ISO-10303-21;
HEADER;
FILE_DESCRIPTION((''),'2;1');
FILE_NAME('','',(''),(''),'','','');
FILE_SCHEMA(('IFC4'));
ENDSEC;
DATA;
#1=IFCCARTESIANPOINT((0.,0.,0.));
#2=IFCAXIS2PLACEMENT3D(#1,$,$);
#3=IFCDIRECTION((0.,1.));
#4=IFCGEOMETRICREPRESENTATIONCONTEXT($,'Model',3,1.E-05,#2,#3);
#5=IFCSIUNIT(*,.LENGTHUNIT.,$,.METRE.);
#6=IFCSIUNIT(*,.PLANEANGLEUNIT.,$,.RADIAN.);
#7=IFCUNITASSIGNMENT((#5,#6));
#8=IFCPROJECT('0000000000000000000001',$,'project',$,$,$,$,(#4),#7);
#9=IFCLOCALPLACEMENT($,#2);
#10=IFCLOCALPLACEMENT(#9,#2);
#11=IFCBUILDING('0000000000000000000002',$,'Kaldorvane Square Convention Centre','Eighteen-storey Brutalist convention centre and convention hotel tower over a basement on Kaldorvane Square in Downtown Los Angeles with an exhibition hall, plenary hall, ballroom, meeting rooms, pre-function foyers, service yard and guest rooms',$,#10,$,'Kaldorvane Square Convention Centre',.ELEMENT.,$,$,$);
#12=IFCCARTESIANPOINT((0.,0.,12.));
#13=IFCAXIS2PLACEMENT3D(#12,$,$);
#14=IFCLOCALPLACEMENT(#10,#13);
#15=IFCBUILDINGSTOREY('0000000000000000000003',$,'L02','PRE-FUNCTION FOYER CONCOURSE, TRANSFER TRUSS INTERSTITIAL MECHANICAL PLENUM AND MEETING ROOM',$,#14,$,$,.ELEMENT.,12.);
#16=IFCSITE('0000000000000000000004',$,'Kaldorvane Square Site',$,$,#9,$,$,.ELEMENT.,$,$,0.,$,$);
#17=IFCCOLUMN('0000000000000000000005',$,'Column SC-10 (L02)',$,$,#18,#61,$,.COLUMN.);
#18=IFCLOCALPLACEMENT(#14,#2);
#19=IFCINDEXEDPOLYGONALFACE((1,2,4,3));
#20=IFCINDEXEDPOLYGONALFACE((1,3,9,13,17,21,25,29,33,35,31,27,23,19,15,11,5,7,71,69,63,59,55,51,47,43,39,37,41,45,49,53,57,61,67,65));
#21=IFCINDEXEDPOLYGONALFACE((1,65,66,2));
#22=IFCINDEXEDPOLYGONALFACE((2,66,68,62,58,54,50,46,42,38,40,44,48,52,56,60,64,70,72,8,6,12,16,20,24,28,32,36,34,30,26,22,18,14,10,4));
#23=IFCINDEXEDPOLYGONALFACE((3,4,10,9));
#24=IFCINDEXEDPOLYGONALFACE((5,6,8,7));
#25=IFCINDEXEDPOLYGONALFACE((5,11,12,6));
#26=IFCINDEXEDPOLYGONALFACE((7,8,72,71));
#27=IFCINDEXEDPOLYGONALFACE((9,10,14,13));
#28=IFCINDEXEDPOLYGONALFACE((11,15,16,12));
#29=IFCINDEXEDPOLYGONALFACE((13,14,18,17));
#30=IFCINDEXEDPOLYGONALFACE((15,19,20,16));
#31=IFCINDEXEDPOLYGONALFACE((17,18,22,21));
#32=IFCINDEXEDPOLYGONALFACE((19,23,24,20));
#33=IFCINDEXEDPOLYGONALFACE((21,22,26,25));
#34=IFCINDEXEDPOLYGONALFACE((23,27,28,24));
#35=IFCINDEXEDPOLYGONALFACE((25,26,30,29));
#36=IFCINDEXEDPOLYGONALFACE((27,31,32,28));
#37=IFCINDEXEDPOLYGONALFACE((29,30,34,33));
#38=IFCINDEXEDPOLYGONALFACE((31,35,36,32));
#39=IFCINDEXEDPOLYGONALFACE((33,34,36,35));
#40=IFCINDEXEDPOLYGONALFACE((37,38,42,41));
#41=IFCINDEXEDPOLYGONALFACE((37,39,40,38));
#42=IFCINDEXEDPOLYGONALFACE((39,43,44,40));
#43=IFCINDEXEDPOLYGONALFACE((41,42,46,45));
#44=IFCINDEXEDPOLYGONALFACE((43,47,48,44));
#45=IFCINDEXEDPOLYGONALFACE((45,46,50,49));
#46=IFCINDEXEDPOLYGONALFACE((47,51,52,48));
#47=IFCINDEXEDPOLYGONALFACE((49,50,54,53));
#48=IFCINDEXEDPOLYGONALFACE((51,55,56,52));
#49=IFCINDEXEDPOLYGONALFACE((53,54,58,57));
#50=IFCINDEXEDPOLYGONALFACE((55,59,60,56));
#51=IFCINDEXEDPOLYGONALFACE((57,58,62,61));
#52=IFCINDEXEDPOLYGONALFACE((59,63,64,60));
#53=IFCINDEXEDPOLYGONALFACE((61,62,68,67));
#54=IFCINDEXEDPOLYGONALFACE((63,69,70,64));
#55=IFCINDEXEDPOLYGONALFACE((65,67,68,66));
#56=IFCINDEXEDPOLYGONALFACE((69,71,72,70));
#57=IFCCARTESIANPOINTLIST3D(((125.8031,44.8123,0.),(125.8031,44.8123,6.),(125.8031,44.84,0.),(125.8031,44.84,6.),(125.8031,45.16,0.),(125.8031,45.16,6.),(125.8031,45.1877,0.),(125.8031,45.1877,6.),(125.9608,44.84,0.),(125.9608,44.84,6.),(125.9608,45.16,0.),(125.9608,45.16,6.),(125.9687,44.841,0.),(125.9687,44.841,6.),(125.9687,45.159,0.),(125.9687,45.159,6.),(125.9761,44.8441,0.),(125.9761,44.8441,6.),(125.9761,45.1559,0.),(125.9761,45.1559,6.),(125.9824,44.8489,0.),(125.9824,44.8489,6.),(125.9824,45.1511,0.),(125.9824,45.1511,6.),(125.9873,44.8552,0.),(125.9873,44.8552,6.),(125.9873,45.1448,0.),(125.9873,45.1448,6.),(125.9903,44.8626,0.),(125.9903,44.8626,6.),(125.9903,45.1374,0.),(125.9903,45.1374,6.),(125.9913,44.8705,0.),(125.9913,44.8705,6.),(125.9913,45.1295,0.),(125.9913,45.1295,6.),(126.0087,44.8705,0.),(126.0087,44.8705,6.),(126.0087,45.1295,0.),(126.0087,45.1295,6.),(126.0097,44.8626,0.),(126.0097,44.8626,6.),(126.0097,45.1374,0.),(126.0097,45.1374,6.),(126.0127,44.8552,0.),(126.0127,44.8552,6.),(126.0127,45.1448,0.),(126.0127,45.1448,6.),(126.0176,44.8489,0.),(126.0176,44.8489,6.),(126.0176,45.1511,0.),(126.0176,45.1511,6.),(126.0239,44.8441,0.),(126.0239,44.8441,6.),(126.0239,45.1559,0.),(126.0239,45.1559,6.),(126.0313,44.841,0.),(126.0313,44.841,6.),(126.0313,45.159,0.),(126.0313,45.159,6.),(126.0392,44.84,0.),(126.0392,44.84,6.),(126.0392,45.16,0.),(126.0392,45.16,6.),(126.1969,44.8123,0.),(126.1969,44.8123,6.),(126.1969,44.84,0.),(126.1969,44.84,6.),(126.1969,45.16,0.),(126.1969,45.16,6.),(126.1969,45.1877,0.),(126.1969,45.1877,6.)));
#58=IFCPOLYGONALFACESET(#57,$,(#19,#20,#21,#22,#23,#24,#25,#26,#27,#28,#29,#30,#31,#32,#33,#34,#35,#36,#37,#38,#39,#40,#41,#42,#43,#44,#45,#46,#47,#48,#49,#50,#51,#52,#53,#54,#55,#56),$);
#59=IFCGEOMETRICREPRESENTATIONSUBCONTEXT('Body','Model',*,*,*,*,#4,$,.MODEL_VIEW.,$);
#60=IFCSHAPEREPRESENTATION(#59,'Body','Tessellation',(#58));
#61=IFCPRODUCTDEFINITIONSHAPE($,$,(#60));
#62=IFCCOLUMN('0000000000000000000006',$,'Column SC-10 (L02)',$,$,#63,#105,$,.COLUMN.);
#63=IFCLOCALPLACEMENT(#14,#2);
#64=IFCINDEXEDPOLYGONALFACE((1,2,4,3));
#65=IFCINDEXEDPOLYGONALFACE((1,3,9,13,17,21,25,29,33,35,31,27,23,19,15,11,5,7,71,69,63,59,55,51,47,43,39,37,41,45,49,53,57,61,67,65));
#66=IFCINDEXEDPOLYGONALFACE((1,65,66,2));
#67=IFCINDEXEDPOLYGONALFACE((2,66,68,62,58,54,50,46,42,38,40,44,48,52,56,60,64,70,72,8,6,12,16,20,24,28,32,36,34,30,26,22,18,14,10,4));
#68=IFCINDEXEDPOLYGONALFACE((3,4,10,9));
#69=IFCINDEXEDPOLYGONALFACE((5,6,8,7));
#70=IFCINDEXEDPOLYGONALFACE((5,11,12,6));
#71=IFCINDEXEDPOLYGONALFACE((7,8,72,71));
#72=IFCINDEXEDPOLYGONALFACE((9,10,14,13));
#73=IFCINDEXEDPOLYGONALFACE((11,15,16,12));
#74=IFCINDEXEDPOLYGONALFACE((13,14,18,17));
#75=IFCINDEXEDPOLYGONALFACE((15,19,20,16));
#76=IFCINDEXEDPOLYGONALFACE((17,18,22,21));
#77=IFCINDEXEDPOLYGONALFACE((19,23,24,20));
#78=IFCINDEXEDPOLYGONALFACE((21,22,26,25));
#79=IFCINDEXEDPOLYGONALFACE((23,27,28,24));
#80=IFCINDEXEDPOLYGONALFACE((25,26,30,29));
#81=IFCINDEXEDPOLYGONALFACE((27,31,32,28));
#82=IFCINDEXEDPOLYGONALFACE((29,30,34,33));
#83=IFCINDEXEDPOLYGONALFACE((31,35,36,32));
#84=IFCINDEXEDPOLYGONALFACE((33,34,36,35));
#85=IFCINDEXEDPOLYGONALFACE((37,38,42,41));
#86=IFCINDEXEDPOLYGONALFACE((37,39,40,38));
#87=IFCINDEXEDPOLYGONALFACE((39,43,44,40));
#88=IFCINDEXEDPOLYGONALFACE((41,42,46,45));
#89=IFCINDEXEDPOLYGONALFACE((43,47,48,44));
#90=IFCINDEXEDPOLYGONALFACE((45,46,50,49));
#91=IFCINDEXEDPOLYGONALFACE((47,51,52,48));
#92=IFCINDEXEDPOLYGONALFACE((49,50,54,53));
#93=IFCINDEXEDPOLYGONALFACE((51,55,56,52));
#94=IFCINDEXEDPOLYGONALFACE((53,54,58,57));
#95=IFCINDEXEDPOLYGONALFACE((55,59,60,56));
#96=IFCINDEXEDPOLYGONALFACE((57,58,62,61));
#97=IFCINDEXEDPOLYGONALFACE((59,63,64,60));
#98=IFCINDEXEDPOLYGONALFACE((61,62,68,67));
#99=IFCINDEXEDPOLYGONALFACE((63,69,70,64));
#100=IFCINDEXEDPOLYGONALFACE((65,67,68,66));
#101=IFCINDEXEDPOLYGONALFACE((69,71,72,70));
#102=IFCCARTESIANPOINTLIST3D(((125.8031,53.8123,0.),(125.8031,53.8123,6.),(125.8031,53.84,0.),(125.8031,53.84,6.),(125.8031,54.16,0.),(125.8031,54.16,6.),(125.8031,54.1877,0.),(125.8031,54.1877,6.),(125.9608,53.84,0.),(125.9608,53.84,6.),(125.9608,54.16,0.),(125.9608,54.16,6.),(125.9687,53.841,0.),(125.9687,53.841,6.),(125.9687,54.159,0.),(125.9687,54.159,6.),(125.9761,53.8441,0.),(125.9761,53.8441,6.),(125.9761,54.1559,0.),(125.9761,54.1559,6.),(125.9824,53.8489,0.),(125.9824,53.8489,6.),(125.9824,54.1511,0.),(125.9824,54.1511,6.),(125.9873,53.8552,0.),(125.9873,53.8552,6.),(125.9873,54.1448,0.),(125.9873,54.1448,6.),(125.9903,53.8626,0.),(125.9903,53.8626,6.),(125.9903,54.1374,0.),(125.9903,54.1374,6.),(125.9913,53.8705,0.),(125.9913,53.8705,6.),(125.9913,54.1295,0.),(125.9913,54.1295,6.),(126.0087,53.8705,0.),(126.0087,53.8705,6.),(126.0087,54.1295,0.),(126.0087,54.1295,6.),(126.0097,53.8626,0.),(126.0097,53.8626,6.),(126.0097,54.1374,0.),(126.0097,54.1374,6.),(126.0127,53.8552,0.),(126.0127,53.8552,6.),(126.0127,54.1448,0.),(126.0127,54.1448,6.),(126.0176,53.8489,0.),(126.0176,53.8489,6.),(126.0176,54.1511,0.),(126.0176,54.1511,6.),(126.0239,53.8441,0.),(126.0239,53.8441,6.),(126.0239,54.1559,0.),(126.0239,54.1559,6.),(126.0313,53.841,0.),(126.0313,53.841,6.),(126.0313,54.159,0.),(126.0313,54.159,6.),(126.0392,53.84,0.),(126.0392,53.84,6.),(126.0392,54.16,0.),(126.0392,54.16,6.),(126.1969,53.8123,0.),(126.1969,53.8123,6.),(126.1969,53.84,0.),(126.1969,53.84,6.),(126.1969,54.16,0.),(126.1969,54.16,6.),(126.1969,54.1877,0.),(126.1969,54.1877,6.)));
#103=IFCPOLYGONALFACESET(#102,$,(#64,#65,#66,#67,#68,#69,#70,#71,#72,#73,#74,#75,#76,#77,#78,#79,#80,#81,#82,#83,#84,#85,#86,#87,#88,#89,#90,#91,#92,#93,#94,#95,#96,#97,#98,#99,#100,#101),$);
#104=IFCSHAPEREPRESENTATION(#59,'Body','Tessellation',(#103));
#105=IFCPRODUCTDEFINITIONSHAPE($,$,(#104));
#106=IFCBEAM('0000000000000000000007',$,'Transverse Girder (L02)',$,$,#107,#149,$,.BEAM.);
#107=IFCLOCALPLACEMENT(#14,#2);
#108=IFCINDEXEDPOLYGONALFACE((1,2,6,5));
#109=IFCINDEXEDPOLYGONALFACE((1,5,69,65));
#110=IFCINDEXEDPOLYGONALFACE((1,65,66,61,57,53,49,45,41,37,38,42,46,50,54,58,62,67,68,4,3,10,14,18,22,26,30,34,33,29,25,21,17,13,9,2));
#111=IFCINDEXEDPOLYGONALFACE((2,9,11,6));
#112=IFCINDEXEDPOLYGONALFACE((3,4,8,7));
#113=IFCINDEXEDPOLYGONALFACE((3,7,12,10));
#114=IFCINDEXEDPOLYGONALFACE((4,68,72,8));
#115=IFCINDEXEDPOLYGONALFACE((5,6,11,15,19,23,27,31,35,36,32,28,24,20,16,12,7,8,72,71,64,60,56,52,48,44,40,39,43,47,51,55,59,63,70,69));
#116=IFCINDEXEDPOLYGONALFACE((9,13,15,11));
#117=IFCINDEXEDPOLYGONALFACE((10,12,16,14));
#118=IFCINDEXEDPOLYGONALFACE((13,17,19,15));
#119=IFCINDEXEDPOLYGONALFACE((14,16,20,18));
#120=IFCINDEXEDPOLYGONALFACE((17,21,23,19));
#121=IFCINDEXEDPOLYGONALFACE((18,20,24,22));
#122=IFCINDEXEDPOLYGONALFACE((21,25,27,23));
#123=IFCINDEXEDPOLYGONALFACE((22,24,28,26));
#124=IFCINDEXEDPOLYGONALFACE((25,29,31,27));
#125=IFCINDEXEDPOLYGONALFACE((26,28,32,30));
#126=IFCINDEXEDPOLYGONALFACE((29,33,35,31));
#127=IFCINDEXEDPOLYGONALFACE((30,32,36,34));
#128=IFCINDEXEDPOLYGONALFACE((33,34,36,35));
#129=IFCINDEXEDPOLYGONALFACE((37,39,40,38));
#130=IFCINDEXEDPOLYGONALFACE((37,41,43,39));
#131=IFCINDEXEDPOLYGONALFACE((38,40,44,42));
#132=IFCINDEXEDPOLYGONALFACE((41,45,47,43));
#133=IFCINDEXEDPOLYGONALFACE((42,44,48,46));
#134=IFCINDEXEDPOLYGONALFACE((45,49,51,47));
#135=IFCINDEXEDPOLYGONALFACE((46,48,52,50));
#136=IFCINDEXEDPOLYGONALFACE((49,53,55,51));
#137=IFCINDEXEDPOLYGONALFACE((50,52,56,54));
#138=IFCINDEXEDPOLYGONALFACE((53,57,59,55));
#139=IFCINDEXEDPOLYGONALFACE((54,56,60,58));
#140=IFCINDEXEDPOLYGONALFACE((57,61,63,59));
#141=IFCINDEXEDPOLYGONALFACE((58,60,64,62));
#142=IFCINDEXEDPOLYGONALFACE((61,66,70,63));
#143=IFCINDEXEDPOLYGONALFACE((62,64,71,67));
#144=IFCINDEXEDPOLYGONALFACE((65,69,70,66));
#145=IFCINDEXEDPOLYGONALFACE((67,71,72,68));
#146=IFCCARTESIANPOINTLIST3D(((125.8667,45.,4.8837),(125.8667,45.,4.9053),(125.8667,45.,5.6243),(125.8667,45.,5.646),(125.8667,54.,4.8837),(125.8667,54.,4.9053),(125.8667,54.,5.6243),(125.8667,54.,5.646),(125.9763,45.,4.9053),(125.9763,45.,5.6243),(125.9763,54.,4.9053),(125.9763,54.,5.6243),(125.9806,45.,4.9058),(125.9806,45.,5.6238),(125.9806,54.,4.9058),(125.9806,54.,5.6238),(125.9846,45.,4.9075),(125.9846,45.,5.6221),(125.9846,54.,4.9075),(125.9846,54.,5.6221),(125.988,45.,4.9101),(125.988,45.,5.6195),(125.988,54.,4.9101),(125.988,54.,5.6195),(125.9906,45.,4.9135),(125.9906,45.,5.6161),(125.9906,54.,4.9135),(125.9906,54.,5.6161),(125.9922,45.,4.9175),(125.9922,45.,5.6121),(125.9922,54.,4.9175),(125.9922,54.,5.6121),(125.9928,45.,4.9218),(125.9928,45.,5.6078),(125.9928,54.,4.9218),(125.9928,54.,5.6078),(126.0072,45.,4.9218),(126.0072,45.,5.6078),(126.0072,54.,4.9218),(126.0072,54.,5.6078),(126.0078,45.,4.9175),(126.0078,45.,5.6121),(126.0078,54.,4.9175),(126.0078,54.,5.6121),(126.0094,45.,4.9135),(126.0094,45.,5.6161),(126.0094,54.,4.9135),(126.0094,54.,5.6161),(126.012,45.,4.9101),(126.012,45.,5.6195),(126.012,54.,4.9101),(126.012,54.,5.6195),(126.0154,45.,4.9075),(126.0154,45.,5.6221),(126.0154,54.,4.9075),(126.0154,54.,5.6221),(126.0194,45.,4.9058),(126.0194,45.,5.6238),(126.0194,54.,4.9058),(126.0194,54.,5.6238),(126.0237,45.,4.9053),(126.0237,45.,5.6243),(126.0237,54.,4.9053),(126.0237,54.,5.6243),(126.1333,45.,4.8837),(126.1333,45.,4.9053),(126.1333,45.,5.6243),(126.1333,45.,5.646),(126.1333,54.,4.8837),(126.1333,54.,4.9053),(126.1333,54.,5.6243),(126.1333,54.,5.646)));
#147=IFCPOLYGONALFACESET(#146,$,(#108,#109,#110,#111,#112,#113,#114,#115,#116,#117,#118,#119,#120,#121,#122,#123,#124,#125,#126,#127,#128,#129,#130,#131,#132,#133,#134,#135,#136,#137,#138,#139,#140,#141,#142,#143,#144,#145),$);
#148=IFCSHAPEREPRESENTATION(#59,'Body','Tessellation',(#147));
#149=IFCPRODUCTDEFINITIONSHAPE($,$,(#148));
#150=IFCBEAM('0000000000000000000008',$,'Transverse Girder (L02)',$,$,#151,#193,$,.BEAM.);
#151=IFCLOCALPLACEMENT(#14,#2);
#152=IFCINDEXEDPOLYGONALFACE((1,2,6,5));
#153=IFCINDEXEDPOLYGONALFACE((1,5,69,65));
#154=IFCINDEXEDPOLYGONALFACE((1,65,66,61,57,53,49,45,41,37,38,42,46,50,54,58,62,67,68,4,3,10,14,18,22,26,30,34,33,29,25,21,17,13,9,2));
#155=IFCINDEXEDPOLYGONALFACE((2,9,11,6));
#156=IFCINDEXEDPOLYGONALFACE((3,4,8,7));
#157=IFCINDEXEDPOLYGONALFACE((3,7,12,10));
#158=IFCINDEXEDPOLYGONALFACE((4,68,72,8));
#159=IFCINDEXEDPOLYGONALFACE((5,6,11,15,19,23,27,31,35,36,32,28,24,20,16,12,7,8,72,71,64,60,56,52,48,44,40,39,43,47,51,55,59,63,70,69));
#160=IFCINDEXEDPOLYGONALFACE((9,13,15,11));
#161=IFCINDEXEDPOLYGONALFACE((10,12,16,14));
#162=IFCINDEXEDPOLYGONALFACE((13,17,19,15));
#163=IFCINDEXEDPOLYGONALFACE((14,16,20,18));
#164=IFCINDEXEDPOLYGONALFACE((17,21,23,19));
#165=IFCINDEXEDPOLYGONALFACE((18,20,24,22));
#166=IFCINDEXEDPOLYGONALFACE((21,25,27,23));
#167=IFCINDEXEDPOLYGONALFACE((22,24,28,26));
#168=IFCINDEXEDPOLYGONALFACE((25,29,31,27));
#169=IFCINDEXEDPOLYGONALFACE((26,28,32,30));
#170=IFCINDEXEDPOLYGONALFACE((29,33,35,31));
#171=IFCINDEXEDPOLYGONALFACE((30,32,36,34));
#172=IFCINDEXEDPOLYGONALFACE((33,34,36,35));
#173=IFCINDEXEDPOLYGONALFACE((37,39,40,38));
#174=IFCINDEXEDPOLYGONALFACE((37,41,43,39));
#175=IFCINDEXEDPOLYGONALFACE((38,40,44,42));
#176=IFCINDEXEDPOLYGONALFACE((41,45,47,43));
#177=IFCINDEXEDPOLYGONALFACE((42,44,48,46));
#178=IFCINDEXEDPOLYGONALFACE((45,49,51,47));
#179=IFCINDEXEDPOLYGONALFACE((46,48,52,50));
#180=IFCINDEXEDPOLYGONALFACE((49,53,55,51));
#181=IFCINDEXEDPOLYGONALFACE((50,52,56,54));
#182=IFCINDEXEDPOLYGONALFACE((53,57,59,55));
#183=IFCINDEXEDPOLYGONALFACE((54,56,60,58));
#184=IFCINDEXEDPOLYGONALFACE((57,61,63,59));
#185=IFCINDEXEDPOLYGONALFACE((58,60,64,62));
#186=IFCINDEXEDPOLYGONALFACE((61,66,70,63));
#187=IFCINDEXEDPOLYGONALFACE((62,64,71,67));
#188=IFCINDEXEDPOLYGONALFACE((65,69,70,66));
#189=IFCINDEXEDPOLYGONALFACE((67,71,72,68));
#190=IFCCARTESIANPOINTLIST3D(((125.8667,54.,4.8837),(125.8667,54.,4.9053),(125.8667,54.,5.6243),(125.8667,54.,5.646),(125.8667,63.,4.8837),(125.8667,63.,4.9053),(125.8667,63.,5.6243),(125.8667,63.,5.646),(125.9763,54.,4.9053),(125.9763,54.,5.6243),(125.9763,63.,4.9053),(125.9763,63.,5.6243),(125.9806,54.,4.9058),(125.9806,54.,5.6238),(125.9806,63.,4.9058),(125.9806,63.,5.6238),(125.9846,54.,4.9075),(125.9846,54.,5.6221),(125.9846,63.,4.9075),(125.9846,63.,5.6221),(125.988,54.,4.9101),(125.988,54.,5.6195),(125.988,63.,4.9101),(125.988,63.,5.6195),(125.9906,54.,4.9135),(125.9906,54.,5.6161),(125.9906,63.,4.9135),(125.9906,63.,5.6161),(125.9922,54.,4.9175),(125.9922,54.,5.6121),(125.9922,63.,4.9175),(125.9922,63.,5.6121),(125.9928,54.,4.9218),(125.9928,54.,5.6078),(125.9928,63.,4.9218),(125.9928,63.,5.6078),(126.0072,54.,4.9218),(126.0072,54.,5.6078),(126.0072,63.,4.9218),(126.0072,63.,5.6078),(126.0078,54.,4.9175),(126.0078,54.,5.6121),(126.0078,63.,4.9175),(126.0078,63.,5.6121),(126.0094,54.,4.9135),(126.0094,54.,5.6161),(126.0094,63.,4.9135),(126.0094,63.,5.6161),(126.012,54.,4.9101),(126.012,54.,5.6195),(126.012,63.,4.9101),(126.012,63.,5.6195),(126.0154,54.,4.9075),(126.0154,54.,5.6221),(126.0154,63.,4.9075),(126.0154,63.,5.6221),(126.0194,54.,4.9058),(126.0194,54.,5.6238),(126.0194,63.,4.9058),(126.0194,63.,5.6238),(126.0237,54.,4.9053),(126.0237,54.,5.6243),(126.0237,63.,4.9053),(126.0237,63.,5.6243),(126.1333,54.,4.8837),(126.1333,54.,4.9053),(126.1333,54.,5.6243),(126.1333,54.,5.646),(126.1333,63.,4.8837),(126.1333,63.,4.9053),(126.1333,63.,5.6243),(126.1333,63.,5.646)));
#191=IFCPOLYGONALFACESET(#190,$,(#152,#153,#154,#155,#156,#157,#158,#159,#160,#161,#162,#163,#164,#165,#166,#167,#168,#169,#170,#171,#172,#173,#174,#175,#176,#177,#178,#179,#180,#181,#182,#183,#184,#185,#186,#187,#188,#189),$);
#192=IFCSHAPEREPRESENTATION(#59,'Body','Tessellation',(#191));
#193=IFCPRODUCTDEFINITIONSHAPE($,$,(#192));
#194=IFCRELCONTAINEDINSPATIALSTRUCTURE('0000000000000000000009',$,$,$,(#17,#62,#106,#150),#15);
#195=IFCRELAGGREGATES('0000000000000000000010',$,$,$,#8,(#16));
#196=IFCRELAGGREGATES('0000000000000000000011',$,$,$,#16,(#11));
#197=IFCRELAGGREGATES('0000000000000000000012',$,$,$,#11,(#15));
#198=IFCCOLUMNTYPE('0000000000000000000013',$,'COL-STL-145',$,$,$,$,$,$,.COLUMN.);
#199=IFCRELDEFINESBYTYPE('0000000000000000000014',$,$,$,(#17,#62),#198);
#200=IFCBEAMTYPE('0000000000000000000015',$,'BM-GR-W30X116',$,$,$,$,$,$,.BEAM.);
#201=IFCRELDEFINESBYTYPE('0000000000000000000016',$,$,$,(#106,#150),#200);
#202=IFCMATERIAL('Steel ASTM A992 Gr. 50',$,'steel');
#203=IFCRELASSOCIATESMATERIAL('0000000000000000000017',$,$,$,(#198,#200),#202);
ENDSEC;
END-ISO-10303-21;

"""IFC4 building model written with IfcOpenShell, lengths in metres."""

from ifc_helpers import new_model, si_unit, direction, frame, origin, origin_2d, place, context, subcontext, project, spatial, i_section, extrude, material, material_profile, profile_set, type_object, element, save


model = new_model("IFC4")

# Units and contexts
model_context = context("Model", 3, precision=1e-05, world=origin(), true_north=direction((0.0, 1.0)))
body_context = subcontext(model_context, "Body", "Model", "MODEL_VIEW")
ifc_project = project(units=[si_unit("LENGTHUNIT", "METRE"), si_unit("PLANEANGLEUNIT", "RADIAN")], contexts=[model_context])

# Site, building, storey
site_placement = place(None, origin())
site = spatial("IfcSite", under=ifc_project, at=site_placement, Name="Kaldorvane Square Site", CompositionType="ELEMENT", RefElevation=0.0)
building_placement = place(site_placement, origin())
building = spatial("IfcBuilding", under=site, at=building_placement, Name="Kaldorvane Square Convention Centre", Description="Eighteen-storey Brutalist convention centre and convention hotel tower over a basement on Kaldorvane Square in Downtown Los Angeles with an exhibition hall, plenary hall, ballroom, meeting rooms, pre-function foyers, service yard and guest rooms", LongName="Kaldorvane Square Convention Centre", CompositionType="ELEMENT")
storey_placement = place(building_placement, frame((0.0, 0.0, 12.0)))
storey = spatial("IfcBuildingStorey", under=building, at=storey_placement, Name="L02", Description="PRE-FUNCTION FOYER CONCOURSE, TRANSFER TRUSS INTERSTITIAL MECHANICAL PLENUM AND MEETING ROOM", CompositionType="ELEMENT", Elevation=12.0)

# Columns
ifc_material_1 = material(Name="Steel ASTM A992 Gr. 50", Category="steel")
ifc_material_profile_1 = material_profile(ifc_material_1, i_section(OverallWidth=0.3937, OverallDepth=0.3754, WebThickness=0.0173, FlangeThickness=0.0277, FilletRadius=0.0305, at=origin_2d()), Name="W14X145")
ifc_profile_set_1 = profile_set([ifc_material_profile_1], Name="Steel ASTM A992 Gr. 50")
column_type = type_object("IfcColumnType", Name="COL-STL-145", PredefinedType="COLUMN", material=ifc_profile_set_1)
for number, where, z_axis, x_axis, name in (
    (1, (126.0, 45.0, 0.0), (0.0, 0.0, 1.0), (1.0, 0.0, 0.0), "Column SC-10 (L02)"),
    (2, (126.0, 54.0, 0.0), (0.0, 0.0, 1.0), (1.0, 0.0, 0.0), "Column SC-10 (L02)"),
):
    element("IfcColumn", number, at=place(storey_placement, frame(where, z_axis=z_axis, x_axis=x_axis)), inside=storey, type_object=column_type, Name=name, PredefinedType="COLUMN", context=body_context, shape_type="SweptSolid", body=[
        extrude(i_section(OverallWidth=0.3937, OverallDepth=0.3754, WebThickness=0.0173, FlangeThickness=0.0277, FilletRadius=0.0305, at=origin_2d()), origin(), (0.0, 0.0, 1.0), 6.0),
    ])

# Beams
ifc_material_profile_2 = material_profile(ifc_material_1, i_section(OverallWidth=0.2666, OverallDepth=0.7623, WebThickness=0.0144, FlangeThickness=0.0216, FilletRadius=0.0165, at=origin_2d()), Name="W30X116")
ifc_profile_set_2 = profile_set([ifc_material_profile_2], Name="Steel ASTM A992 Gr. 50")
beam_type_1 = type_object("IfcBeamType", Name="BM-GR-W30X116", PredefinedType="BEAM", material=ifc_profile_set_2)
for number, where, z_axis, x_axis, name in (
    (3, (126.0, 45.0, 5.2648), (0.0, 1.0, 0.0), (-1.0, 0.0, 0.0), "Transverse Girder (L02)"),
    (4, (126.0, 54.0, 5.2648), (0.0, 1.0, 0.0), (-1.0, 0.0, 0.0), "Transverse Girder (L02)"),
):
    element("IfcBeam", number, at=place(storey_placement, frame(where, z_axis=z_axis, x_axis=x_axis)), inside=storey, type_object=beam_type_1, Name=name, PredefinedType="BEAM", context=body_context, shape_type="SweptSolid", body=[
        extrude(i_section(OverallWidth=0.2666, OverallDepth=0.7623, WebThickness=0.0144, FlangeThickness=0.0216, FilletRadius=0.0165, at=origin_2d()), origin(), (0.0, 0.0, 1.0), 9.0),
    ])

save(model, "model.ifc")
